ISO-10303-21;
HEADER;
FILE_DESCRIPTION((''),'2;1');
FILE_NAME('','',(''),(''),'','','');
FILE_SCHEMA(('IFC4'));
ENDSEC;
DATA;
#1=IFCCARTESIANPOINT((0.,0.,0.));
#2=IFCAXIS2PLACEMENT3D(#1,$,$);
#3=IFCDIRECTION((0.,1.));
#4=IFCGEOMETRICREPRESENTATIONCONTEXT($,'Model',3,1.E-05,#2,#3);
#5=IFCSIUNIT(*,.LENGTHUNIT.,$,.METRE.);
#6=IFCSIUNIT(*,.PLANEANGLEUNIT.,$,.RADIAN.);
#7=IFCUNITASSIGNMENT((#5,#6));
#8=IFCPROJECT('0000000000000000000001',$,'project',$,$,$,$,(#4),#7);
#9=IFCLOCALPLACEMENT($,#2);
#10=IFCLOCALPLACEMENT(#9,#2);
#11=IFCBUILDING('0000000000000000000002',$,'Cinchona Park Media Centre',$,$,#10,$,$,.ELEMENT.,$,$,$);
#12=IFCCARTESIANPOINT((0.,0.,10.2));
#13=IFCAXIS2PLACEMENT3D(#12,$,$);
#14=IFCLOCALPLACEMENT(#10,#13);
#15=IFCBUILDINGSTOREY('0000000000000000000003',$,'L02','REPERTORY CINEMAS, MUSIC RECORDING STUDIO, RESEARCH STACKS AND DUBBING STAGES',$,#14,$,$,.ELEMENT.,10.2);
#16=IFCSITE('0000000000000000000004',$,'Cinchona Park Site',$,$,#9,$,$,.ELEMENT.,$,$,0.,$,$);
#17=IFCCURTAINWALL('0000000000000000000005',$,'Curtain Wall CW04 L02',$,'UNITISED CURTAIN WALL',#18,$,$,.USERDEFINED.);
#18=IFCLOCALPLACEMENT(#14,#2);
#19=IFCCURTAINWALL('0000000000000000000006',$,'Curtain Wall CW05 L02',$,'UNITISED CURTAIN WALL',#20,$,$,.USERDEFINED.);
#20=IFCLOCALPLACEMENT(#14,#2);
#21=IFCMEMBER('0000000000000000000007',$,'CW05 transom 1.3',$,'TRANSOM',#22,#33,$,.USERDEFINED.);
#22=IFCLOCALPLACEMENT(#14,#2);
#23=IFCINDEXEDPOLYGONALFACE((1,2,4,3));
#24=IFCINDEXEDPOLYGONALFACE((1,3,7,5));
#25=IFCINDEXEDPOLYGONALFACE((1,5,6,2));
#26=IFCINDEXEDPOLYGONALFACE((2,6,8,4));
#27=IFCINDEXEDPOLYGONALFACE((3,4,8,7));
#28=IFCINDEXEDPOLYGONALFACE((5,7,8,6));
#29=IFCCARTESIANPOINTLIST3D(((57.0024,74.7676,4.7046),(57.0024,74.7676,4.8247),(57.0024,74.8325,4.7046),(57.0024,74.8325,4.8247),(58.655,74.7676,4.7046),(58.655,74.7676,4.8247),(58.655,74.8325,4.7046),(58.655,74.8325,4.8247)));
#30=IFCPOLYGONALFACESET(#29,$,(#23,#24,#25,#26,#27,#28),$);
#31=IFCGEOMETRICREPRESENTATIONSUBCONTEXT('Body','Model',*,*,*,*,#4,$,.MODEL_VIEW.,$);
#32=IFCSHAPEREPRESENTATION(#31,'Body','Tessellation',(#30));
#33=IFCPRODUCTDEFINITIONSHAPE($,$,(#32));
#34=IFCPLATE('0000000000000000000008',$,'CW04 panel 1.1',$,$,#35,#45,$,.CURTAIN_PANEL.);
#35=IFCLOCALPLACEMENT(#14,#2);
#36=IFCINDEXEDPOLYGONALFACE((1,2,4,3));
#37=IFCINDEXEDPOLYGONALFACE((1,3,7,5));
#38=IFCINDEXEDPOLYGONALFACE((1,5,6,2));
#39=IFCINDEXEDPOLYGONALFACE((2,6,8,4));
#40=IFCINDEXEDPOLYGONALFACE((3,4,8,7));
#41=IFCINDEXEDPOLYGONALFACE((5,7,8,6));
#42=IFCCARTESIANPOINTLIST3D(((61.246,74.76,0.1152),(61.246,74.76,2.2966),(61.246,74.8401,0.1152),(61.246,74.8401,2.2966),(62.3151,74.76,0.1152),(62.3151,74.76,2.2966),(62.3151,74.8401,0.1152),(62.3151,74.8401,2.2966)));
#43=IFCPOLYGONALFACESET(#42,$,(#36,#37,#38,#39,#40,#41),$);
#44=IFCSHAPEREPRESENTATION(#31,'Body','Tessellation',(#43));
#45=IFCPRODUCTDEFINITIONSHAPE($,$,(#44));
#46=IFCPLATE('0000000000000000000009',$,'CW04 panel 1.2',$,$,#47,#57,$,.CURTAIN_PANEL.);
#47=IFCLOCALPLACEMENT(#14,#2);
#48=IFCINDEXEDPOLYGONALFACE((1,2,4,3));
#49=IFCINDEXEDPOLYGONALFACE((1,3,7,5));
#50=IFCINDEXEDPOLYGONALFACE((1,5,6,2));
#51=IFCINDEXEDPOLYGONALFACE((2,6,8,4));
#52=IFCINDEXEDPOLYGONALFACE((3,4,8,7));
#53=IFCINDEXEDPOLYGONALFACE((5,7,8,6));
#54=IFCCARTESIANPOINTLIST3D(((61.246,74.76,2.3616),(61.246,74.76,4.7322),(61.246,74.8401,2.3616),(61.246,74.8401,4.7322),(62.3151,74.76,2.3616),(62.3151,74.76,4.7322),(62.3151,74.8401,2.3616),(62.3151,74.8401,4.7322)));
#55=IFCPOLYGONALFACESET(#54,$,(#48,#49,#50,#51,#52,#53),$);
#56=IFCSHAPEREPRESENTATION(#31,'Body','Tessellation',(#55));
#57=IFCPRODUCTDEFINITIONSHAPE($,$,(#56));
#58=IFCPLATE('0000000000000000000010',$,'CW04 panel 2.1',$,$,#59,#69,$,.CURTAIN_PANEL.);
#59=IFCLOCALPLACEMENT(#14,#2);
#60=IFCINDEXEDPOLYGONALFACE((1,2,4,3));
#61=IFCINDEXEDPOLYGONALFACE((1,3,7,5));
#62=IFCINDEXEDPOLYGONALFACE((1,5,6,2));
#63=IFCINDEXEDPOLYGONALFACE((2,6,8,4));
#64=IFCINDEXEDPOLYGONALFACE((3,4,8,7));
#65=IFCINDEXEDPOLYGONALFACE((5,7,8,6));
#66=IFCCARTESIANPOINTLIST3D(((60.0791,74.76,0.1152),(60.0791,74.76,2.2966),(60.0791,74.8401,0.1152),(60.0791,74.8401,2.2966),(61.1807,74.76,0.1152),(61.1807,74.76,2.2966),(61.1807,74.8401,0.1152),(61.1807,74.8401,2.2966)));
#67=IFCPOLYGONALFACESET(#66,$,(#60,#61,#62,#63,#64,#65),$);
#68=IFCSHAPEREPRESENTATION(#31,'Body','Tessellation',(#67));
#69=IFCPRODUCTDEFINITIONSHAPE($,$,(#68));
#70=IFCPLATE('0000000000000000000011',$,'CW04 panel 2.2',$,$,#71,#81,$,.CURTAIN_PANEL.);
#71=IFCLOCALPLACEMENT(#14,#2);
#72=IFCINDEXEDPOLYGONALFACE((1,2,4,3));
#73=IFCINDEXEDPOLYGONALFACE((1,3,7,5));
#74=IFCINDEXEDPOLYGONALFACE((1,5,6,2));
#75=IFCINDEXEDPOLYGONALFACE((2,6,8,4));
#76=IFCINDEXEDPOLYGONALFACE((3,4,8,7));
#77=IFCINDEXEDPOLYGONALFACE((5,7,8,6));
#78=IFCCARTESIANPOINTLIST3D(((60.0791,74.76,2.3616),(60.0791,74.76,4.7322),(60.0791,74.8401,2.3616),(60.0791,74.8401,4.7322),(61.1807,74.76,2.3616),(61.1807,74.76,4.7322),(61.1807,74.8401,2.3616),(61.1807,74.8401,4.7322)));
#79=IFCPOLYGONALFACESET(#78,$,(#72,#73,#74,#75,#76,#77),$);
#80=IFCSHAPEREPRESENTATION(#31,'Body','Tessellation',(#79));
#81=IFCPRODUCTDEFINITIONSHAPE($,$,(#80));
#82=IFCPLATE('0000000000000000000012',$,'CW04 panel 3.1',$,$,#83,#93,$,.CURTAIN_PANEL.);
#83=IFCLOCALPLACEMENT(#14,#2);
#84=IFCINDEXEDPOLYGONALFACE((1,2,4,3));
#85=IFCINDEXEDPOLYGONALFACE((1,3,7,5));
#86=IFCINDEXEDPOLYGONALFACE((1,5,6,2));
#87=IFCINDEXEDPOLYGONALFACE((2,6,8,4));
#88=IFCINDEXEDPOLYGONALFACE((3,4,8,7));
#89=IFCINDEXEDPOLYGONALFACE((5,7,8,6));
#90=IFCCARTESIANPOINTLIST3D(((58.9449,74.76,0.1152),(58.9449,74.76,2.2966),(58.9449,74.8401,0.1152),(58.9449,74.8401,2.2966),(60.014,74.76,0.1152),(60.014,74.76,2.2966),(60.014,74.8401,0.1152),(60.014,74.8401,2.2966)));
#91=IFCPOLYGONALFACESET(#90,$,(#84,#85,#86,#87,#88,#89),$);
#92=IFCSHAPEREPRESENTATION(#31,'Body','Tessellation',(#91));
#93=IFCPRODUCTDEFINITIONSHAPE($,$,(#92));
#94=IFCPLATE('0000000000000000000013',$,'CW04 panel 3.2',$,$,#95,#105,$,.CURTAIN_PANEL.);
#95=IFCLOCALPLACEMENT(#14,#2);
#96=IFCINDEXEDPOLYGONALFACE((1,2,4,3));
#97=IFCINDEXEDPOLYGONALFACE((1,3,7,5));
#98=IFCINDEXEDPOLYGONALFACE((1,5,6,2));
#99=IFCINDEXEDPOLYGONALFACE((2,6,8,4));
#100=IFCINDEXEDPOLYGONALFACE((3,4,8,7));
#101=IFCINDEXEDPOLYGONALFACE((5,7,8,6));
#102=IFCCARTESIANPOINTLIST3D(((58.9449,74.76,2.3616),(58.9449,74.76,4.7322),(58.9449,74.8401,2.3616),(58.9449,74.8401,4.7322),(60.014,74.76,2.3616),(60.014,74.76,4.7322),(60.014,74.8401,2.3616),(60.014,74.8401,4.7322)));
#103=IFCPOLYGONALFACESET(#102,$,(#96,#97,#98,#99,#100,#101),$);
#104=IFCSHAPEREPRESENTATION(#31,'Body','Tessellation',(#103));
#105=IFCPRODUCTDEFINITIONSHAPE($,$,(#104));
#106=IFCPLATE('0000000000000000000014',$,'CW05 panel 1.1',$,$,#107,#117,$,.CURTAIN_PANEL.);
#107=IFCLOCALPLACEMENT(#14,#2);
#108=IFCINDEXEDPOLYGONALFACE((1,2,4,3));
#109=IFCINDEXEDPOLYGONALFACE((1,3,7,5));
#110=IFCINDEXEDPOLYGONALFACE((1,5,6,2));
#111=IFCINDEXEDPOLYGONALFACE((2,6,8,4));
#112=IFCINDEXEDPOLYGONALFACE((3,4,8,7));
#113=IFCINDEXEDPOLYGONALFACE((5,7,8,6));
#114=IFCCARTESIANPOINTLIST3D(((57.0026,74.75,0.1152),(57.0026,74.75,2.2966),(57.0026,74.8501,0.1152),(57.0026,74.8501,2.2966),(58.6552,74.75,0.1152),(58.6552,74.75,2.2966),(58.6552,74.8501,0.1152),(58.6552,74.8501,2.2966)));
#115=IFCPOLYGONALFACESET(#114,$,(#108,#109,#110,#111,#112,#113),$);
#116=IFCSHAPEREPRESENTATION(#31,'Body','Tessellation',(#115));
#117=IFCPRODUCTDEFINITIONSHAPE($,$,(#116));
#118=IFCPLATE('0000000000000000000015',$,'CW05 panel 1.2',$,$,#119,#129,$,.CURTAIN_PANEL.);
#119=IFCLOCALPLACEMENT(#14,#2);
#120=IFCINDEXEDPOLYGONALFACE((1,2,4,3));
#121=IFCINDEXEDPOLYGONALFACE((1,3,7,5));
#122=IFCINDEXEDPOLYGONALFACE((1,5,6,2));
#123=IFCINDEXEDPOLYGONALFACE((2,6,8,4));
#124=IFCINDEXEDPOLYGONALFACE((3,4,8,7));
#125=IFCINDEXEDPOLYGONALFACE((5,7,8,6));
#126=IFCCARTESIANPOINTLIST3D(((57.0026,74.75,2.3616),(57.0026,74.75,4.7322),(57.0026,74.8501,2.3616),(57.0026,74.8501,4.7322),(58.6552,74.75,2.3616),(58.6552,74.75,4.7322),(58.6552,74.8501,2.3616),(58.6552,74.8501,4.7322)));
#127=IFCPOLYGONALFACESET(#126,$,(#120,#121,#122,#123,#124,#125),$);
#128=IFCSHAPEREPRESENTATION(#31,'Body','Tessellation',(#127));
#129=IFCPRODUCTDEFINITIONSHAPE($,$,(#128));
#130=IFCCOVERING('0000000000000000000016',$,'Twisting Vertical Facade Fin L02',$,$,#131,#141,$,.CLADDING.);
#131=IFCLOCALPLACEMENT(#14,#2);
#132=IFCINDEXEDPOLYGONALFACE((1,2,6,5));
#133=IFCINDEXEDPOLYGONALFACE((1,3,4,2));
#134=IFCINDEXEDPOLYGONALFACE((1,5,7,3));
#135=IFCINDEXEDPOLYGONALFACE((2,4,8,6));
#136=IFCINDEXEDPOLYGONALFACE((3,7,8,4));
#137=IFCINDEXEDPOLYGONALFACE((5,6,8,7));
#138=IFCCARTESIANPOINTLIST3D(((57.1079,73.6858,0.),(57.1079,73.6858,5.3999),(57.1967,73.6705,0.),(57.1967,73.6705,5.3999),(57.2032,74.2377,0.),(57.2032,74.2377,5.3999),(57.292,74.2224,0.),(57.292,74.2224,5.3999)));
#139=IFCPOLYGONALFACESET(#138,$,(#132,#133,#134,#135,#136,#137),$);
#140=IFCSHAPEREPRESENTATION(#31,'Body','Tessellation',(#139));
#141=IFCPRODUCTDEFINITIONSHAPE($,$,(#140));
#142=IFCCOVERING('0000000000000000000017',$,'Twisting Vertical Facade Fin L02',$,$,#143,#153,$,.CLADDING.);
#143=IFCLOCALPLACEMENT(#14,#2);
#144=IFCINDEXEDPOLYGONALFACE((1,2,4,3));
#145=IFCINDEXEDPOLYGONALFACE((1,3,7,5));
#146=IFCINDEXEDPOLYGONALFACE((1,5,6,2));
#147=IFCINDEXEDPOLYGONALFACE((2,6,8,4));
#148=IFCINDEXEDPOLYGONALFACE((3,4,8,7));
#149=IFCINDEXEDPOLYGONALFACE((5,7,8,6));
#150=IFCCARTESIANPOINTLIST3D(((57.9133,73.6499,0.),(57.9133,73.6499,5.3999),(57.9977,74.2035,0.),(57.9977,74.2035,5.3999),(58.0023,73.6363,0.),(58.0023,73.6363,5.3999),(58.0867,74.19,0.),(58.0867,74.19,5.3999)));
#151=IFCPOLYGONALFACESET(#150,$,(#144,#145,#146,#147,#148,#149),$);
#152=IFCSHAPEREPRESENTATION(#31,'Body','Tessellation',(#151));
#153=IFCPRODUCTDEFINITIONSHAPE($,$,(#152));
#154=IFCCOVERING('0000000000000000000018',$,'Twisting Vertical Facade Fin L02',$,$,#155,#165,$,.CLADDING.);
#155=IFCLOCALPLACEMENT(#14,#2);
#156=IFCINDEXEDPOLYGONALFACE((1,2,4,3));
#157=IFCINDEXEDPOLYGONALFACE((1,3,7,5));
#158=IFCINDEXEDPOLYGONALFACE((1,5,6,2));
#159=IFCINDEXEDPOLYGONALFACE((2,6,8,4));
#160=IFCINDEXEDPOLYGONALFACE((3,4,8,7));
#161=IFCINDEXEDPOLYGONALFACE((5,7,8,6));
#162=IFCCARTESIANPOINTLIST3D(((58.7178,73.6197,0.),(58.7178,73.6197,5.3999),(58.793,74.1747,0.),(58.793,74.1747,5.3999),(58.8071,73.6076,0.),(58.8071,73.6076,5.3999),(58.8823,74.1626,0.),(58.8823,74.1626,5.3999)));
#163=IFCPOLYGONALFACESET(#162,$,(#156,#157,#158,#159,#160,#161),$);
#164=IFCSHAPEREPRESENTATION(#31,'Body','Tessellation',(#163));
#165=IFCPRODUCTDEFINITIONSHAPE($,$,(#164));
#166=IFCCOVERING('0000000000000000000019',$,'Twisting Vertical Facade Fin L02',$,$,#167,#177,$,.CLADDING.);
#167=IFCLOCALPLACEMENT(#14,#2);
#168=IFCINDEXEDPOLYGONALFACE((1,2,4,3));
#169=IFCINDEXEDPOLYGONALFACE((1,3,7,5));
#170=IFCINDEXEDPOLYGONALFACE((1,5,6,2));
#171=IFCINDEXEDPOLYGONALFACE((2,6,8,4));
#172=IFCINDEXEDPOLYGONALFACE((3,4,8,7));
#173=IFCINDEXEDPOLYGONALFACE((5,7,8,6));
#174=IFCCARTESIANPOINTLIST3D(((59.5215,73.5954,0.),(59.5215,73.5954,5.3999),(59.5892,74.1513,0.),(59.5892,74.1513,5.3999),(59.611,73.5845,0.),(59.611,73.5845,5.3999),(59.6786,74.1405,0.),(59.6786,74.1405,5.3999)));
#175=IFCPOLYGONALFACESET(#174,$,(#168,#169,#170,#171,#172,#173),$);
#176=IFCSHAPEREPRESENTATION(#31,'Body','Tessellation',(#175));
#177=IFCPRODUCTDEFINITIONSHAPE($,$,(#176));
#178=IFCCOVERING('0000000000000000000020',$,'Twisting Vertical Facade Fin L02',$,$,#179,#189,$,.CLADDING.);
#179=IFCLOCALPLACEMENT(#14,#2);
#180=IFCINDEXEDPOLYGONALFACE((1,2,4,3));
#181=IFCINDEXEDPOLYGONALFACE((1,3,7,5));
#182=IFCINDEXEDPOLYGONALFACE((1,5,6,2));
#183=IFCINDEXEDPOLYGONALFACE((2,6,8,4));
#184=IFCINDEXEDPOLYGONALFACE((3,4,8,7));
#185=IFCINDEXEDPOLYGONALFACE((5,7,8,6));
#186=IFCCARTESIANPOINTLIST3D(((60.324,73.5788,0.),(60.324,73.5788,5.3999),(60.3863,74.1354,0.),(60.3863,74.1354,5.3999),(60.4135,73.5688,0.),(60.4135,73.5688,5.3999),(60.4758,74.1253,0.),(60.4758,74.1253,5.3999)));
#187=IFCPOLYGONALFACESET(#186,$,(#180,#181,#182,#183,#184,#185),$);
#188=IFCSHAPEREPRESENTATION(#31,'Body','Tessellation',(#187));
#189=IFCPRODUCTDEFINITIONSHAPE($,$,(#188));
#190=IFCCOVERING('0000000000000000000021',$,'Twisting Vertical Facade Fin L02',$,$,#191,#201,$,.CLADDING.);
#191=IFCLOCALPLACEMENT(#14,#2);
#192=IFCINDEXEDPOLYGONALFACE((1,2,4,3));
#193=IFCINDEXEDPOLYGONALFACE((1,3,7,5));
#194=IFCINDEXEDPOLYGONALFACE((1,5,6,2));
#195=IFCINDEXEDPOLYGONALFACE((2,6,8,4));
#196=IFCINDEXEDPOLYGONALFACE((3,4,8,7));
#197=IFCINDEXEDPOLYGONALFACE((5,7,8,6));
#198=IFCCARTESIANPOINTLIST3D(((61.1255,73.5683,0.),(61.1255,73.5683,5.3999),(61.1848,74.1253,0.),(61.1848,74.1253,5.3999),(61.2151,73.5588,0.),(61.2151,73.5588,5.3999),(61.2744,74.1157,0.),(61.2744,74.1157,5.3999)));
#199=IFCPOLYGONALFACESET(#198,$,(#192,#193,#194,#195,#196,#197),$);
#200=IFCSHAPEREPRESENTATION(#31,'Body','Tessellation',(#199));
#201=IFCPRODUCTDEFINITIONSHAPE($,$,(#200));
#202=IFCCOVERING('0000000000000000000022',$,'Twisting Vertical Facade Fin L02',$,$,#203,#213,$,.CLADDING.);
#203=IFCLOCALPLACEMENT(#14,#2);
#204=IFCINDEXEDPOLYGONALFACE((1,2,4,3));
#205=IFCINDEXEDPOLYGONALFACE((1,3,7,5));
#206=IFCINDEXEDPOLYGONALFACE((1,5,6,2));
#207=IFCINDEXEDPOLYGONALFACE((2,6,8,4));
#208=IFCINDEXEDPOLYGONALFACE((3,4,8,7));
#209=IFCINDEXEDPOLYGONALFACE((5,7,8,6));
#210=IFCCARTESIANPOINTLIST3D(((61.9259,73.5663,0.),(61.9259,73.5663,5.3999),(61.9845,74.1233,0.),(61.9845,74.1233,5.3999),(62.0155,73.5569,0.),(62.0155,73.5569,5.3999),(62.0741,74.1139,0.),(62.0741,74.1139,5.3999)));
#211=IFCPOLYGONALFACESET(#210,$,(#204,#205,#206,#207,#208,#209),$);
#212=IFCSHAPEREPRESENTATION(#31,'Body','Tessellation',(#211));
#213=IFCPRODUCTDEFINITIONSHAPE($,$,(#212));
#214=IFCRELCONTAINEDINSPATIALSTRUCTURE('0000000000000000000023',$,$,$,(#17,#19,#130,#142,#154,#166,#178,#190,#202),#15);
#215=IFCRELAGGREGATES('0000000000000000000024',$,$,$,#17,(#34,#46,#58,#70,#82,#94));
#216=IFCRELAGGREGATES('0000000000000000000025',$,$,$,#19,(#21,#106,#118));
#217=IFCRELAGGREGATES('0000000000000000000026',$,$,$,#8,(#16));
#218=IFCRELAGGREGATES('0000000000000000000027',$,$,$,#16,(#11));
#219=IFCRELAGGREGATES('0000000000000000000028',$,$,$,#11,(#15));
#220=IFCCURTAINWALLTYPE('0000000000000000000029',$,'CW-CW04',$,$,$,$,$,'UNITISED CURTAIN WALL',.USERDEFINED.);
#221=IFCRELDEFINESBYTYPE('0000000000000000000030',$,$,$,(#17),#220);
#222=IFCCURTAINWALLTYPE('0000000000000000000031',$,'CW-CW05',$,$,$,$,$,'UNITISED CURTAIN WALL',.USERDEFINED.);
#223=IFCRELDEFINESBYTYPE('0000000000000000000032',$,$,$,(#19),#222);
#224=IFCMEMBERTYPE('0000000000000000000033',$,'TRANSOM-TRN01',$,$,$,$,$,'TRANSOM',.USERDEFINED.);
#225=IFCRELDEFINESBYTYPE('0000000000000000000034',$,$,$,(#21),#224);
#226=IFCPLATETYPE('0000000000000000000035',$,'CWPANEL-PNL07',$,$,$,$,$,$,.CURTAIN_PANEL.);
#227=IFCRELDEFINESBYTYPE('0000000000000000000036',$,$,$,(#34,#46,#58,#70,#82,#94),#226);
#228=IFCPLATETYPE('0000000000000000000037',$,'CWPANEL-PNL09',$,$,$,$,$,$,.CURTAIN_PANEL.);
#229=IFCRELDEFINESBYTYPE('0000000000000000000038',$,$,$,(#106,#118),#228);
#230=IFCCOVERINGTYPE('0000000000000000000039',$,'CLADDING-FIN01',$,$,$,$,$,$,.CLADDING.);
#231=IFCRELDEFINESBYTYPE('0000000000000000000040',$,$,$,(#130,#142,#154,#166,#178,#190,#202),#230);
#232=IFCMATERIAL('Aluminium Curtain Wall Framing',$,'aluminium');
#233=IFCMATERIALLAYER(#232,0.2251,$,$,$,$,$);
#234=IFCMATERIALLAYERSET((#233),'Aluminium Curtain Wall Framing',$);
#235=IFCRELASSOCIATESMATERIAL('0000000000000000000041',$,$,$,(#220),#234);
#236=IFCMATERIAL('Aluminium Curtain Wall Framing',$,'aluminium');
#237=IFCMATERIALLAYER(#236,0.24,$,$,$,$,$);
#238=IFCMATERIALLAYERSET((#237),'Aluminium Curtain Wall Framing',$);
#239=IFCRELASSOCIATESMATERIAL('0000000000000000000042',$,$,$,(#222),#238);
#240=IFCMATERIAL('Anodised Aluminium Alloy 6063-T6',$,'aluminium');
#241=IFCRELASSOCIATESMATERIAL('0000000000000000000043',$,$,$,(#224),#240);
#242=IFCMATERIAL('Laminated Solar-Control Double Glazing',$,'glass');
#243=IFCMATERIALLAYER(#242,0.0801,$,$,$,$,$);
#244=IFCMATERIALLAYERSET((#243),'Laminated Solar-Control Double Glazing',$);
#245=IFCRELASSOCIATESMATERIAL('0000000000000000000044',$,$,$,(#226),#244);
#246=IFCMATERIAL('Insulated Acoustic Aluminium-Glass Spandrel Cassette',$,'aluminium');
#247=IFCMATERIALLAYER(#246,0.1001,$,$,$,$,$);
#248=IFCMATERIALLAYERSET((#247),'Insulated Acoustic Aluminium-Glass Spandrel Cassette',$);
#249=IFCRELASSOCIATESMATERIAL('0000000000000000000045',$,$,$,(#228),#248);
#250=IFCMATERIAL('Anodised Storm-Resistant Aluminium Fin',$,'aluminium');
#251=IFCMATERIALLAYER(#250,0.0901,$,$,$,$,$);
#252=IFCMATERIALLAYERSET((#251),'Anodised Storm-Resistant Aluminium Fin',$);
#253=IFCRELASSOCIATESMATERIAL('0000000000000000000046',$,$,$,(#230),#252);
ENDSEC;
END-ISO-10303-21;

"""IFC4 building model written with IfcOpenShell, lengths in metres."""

from ifc_helpers import new_model, si_unit, direction, frame, origin, origin_2d, place, context, subcontext, project, spatial, rectangle, extrude, material, layer, layer_set, material_profile, profile_set, type_object, element, aggregate, save


model = new_model("IFC4")

# Units and contexts
model_context = context("Model", 3, precision=1e-05, world=origin(), true_north=direction((0.0, 1.0)))
body_context = subcontext(model_context, "Body", "Model", "MODEL_VIEW")
ifc_project = project(units=[si_unit("LENGTHUNIT", "METRE"), si_unit("PLANEANGLEUNIT", "RADIAN")], contexts=[model_context])

# Site, building, storey
site_placement = place(None, origin())
site = spatial("IfcSite", under=ifc_project, at=site_placement, Name="Cinchona Park Site", CompositionType="ELEMENT", RefElevation=0.0)
building_placement = place(site_placement, origin())
building = spatial("IfcBuilding", under=site, at=building_placement, Name="Cinchona Park Media Centre", CompositionType="ELEMENT")
storey_placement = place(building_placement, frame((0.0, 0.0, 10.2)))
storey = spatial("IfcBuildingStorey", under=building, at=storey_placement, Name="L02", Description="REPERTORY CINEMAS, MUSIC RECORDING STUDIO, RESEARCH STACKS AND DUBBING STAGES", CompositionType="ELEMENT", Elevation=10.2)

# Curtain wall
ifc_material_1 = material(Name="Aluminium Curtain Wall Framing", Category="aluminium")
ifc_layer_1 = layer(ifc_material_1, 0.2251)
ifc_layer_set_1 = layer_set([ifc_layer_1], Name="Aluminium Curtain Wall Framing")
curtain_wall_type_1 = type_object("IfcCurtainWallType", Name="CW-CW04", ElementType="UNITISED CURTAIN WALL", PredefinedType="USERDEFINED", material=ifc_layer_set_1)
curtain_wall_1_placement = place(storey_placement, origin())
curtain_wall_1 = element("IfcCurtainWall", 1, at=curtain_wall_1_placement, inside=storey, type_object=curtain_wall_type_1, Name="Curtain Wall CW04 L02", ObjectType="UNITISED CURTAIN WALL", PredefinedType="USERDEFINED")

# Curtain wall
ifc_material_2 = material(Name="Aluminium Curtain Wall Framing", Category="aluminium")
ifc_layer_2 = layer(ifc_material_2, 0.24)
ifc_layer_set_2 = layer_set([ifc_layer_2], Name="Aluminium Curtain Wall Framing")
curtain_wall_type_2 = type_object("IfcCurtainWallType", Name="CW-CW05", ElementType="UNITISED CURTAIN WALL", PredefinedType="USERDEFINED", material=ifc_layer_set_2)
curtain_wall_2_placement = place(storey_placement, origin())
curtain_wall_2 = element("IfcCurtainWall", 2, at=curtain_wall_2_placement, inside=storey, type_object=curtain_wall_type_2, Name="Curtain Wall CW05 L02", ObjectType="UNITISED CURTAIN WALL", PredefinedType="USERDEFINED")

# Member
ifc_material_3 = material(Name="Anodised Aluminium Alloy 6063-T6", Category="aluminium")
ifc_material_profile_1 = material_profile(ifc_material_3, rectangle(XDim=0.0649, YDim=0.1201, at=origin_2d()), Name="TRN-65X120")
ifc_profile_set_1 = profile_set([ifc_material_profile_1], Name="Anodised Aluminium Alloy 6063-T6")
member_type_1 = type_object("IfcMemberType", Name="TRANSOM-TRN01", ElementType="TRANSOM", PredefinedType="USERDEFINED", material=ifc_profile_set_1)
member_1_placement = place(storey_placement, frame((58.655, 74.8, 4.7646), z_axis=(-1.0, 0.0, 0.0), x_axis=(0.0, -1.0, 0.0)))
member_1 = element("IfcMember", 3, at=member_1_placement, type_object=member_type_1, Name="CW05 transom 1.3", ObjectType="TRANSOM", PredefinedType="USERDEFINED", context=body_context, shape_type="SweptSolid", body=[
    extrude(rectangle(XDim=0.0649, YDim=0.1201, at=origin_2d()), origin(), (0.0, 0.0, 1.0), 1.6526),
])

# Plates
ifc_material_4 = material(Name="Laminated Solar-Control Double Glazing", Category="glass")
ifc_layer_3 = layer(ifc_material_4, 0.0801)
ifc_layer_set_3 = layer_set([ifc_layer_3], Name="Laminated Solar-Control Double Glazing")
plate_type_1 = type_object("IfcPlateType", Name="CWPANEL-PNL07", PredefinedType="CURTAIN_PANEL", material=ifc_layer_set_3)
plate_1_placement = place(storey_placement, frame((61.7805, 74.8, 0.1152), z_axis=(0.0, 0.0, 1.0), x_axis=(-1.0, 0.0, 0.0)))
plate_1 = element("IfcPlate", 4, at=plate_1_placement, type_object=plate_type_1, Name="CW04 panel 1.1", PredefinedType="CURTAIN_PANEL", context=body_context, shape_type="SweptSolid", body=[
    extrude(rectangle(XDim=1.0691, YDim=0.0801, at=origin_2d()), origin(), (0.0, 0.0, 1.0), 2.1814),
])
plate_2_placement = place(storey_placement, frame((61.7805, 74.8, 2.3616), z_axis=(0.0, 0.0, 1.0), x_axis=(-1.0, 0.0, 0.0)))
plate_2 = element("IfcPlate", 5, at=plate_2_placement, type_object=plate_type_1, Name="CW04 panel 1.2", PredefinedType="CURTAIN_PANEL", context=body_context, shape_type="SweptSolid", body=[
    extrude(rectangle(XDim=1.0691, YDim=0.0801, at=origin_2d()), origin(), (0.0, 0.0, 1.0), 2.3706),
])
plate_3_placement = place(storey_placement, frame((60.6299, 74.8, 0.1152), z_axis=(0.0, 0.0, 1.0), x_axis=(-1.0, 0.0, 0.0)))
plate_3 = element("IfcPlate", 6, at=plate_3_placement, type_object=plate_type_1, Name="CW04 panel 2.1", PredefinedType="CURTAIN_PANEL", context=body_context, shape_type="SweptSolid", body=[
    extrude(rectangle(XDim=1.1016, YDim=0.0801, at=origin_2d()), origin(), (0.0, 0.0, 1.0), 2.1814),
])
plate_4_placement = place(storey_placement, frame((60.6299, 74.8, 2.3616), z_axis=(0.0, 0.0, 1.0), x_axis=(-1.0, 0.0, 0.0)))
plate_4 = element("IfcPlate", 7, at=plate_4_placement, type_object=plate_type_1, Name="CW04 panel 2.2", PredefinedType="CURTAIN_PANEL", context=body_context, shape_type="SweptSolid", body=[
    extrude(rectangle(XDim=1.1016, YDim=0.0801, at=origin_2d()), origin(), (0.0, 0.0, 1.0), 2.3706),
])
plate_5_placement = place(storey_placement, frame((59.4795, 74.8, 0.1152), z_axis=(0.0, 0.0, 1.0), x_axis=(-1.0, 0.0, 0.0)))
plate_5 = element("IfcPlate", 8, at=plate_5_placement, type_object=plate_type_1, Name="CW04 panel 3.1", PredefinedType="CURTAIN_PANEL", context=body_context, shape_type="SweptSolid", body=[
    extrude(rectangle(XDim=1.0691, YDim=0.0801, at=origin_2d()), origin(), (0.0, 0.0, 1.0), 2.1814),
])
plate_6_placement = place(storey_placement, frame((59.4795, 74.8, 2.3616), z_axis=(0.0, 0.0, 1.0), x_axis=(-1.0, 0.0, 0.0)))
plate_6 = element("IfcPlate", 9, at=plate_6_placement, type_object=plate_type_1, Name="CW04 panel 3.2", PredefinedType="CURTAIN_PANEL", context=body_context, shape_type="SweptSolid", body=[
    extrude(rectangle(XDim=1.0691, YDim=0.0801, at=origin_2d()), origin(), (0.0, 0.0, 1.0), 2.3706),
])
aggregate(curtain_wall_1, [plate_1, plate_2, plate_3, plate_4, plate_5, plate_6])
ifc_material_5 = material(Name="Insulated Acoustic Aluminium-Glass Spandrel Cassette", Category="aluminium")
ifc_layer_4 = layer(ifc_material_5, 0.1001)
ifc_layer_set_4 = layer_set([ifc_layer_4], Name="Insulated Acoustic Aluminium-Glass Spandrel Cassette")
plate_type_2 = type_object("IfcPlateType", Name="CWPANEL-PNL09", PredefinedType="CURTAIN_PANEL", material=ifc_layer_set_4)
plate_7_placement = place(storey_placement, frame((57.8289, 74.8, 0.1152), z_axis=(0.0, 0.0, 1.0), x_axis=(-1.0, 0.0, 0.0)))
plate_7 = element("IfcPlate", 10, at=plate_7_placement, type_object=plate_type_2, Name="CW05 panel 1.1", PredefinedType="CURTAIN_PANEL", context=body_context, shape_type="SweptSolid", body=[
    extrude(rectangle(XDim=1.6526, YDim=0.1001, at=origin_2d()), origin(), (0.0, 0.0, 1.0), 2.1814),
])
plate_8_placement = place(storey_placement, frame((57.8289, 74.8, 2.3616), z_axis=(0.0, 0.0, 1.0), x_axis=(-1.0, 0.0, 0.0)))
plate_8 = element("IfcPlate", 11, at=plate_8_placement, type_object=plate_type_2, Name="CW05 panel 1.2", PredefinedType="CURTAIN_PANEL", context=body_context, shape_type="SweptSolid", body=[
    extrude(rectangle(XDim=1.6526, YDim=0.1001, at=origin_2d()), origin(), (0.0, 0.0, 1.0), 2.3706),
])
aggregate(curtain_wall_2, [member_1, plate_7, plate_8])

# Coverings
ifc_material_6 = material(Name="Anodised Storm-Resistant Aluminium Fin", Category="aluminium")
ifc_layer_5 = layer(ifc_material_6, 0.0901)
ifc_layer_set_5 = layer_set([ifc_layer_5], Name="Anodised Storm-Resistant Aluminium Fin")
covering_type = type_object("IfcCoveringType", Name="CLADDING-FIN01", PredefinedType="CLADDING", material=ifc_layer_set_5)
for number, where, z_axis, x_axis, name in (
    (12, (57.2, 73.9541, 0.0), (0.0, 0.0, 1.0), (0.170038, 0.985438, 0.0), "Twisting Vertical Facade Fin L02"),
    (13, (58.0, 73.9199, 0.0), (0.0, 0.0, 1.0), (0.150743, 0.988573, 0.0), "Twisting Vertical Facade Fin L02"),
    (14, (58.8, 73.8911, 0.0), (0.0, 0.0, 1.0), (0.134159, 0.99096, 0.0), "Twisting Vertical Facade Fin L02"),
    (15, (59.6001, 73.8679, 0.0), (0.0, 0.0, 1.0), (0.12083, 0.992673, 0.0), "Twisting Vertical Facade Fin L02"),
    (16, (60.3999, 73.8521, 0.0), (0.0, 0.0, 1.0), (0.111122, 0.993807, 0.0), "Twisting Vertical Facade Fin L02"),
    (17, (61.2, 73.842, 0.0), (0.0, 0.0, 1.0), (0.105743, 0.994393, 0.0), "Twisting Vertical Facade Fin L02"),
    (18, (62.0, 73.8401, 0.0), (0.0, 0.0, 1.0), (0.104702, 0.994504, 0.0), "Twisting Vertical Facade Fin L02"),
):
    element("IfcCovering", number, at=place(storey_placement, frame(where, z_axis=z_axis, x_axis=x_axis)), inside=storey, type_object=covering_type, Name=name, PredefinedType="CLADDING", context=body_context, shape_type="SweptSolid", body=[
        extrude(rectangle(XDim=0.5601, YDim=0.0901, at=origin_2d()), origin(), (0.0, 0.0, 1.0), 5.3999),
    ])

save(model, "model.ifc")
